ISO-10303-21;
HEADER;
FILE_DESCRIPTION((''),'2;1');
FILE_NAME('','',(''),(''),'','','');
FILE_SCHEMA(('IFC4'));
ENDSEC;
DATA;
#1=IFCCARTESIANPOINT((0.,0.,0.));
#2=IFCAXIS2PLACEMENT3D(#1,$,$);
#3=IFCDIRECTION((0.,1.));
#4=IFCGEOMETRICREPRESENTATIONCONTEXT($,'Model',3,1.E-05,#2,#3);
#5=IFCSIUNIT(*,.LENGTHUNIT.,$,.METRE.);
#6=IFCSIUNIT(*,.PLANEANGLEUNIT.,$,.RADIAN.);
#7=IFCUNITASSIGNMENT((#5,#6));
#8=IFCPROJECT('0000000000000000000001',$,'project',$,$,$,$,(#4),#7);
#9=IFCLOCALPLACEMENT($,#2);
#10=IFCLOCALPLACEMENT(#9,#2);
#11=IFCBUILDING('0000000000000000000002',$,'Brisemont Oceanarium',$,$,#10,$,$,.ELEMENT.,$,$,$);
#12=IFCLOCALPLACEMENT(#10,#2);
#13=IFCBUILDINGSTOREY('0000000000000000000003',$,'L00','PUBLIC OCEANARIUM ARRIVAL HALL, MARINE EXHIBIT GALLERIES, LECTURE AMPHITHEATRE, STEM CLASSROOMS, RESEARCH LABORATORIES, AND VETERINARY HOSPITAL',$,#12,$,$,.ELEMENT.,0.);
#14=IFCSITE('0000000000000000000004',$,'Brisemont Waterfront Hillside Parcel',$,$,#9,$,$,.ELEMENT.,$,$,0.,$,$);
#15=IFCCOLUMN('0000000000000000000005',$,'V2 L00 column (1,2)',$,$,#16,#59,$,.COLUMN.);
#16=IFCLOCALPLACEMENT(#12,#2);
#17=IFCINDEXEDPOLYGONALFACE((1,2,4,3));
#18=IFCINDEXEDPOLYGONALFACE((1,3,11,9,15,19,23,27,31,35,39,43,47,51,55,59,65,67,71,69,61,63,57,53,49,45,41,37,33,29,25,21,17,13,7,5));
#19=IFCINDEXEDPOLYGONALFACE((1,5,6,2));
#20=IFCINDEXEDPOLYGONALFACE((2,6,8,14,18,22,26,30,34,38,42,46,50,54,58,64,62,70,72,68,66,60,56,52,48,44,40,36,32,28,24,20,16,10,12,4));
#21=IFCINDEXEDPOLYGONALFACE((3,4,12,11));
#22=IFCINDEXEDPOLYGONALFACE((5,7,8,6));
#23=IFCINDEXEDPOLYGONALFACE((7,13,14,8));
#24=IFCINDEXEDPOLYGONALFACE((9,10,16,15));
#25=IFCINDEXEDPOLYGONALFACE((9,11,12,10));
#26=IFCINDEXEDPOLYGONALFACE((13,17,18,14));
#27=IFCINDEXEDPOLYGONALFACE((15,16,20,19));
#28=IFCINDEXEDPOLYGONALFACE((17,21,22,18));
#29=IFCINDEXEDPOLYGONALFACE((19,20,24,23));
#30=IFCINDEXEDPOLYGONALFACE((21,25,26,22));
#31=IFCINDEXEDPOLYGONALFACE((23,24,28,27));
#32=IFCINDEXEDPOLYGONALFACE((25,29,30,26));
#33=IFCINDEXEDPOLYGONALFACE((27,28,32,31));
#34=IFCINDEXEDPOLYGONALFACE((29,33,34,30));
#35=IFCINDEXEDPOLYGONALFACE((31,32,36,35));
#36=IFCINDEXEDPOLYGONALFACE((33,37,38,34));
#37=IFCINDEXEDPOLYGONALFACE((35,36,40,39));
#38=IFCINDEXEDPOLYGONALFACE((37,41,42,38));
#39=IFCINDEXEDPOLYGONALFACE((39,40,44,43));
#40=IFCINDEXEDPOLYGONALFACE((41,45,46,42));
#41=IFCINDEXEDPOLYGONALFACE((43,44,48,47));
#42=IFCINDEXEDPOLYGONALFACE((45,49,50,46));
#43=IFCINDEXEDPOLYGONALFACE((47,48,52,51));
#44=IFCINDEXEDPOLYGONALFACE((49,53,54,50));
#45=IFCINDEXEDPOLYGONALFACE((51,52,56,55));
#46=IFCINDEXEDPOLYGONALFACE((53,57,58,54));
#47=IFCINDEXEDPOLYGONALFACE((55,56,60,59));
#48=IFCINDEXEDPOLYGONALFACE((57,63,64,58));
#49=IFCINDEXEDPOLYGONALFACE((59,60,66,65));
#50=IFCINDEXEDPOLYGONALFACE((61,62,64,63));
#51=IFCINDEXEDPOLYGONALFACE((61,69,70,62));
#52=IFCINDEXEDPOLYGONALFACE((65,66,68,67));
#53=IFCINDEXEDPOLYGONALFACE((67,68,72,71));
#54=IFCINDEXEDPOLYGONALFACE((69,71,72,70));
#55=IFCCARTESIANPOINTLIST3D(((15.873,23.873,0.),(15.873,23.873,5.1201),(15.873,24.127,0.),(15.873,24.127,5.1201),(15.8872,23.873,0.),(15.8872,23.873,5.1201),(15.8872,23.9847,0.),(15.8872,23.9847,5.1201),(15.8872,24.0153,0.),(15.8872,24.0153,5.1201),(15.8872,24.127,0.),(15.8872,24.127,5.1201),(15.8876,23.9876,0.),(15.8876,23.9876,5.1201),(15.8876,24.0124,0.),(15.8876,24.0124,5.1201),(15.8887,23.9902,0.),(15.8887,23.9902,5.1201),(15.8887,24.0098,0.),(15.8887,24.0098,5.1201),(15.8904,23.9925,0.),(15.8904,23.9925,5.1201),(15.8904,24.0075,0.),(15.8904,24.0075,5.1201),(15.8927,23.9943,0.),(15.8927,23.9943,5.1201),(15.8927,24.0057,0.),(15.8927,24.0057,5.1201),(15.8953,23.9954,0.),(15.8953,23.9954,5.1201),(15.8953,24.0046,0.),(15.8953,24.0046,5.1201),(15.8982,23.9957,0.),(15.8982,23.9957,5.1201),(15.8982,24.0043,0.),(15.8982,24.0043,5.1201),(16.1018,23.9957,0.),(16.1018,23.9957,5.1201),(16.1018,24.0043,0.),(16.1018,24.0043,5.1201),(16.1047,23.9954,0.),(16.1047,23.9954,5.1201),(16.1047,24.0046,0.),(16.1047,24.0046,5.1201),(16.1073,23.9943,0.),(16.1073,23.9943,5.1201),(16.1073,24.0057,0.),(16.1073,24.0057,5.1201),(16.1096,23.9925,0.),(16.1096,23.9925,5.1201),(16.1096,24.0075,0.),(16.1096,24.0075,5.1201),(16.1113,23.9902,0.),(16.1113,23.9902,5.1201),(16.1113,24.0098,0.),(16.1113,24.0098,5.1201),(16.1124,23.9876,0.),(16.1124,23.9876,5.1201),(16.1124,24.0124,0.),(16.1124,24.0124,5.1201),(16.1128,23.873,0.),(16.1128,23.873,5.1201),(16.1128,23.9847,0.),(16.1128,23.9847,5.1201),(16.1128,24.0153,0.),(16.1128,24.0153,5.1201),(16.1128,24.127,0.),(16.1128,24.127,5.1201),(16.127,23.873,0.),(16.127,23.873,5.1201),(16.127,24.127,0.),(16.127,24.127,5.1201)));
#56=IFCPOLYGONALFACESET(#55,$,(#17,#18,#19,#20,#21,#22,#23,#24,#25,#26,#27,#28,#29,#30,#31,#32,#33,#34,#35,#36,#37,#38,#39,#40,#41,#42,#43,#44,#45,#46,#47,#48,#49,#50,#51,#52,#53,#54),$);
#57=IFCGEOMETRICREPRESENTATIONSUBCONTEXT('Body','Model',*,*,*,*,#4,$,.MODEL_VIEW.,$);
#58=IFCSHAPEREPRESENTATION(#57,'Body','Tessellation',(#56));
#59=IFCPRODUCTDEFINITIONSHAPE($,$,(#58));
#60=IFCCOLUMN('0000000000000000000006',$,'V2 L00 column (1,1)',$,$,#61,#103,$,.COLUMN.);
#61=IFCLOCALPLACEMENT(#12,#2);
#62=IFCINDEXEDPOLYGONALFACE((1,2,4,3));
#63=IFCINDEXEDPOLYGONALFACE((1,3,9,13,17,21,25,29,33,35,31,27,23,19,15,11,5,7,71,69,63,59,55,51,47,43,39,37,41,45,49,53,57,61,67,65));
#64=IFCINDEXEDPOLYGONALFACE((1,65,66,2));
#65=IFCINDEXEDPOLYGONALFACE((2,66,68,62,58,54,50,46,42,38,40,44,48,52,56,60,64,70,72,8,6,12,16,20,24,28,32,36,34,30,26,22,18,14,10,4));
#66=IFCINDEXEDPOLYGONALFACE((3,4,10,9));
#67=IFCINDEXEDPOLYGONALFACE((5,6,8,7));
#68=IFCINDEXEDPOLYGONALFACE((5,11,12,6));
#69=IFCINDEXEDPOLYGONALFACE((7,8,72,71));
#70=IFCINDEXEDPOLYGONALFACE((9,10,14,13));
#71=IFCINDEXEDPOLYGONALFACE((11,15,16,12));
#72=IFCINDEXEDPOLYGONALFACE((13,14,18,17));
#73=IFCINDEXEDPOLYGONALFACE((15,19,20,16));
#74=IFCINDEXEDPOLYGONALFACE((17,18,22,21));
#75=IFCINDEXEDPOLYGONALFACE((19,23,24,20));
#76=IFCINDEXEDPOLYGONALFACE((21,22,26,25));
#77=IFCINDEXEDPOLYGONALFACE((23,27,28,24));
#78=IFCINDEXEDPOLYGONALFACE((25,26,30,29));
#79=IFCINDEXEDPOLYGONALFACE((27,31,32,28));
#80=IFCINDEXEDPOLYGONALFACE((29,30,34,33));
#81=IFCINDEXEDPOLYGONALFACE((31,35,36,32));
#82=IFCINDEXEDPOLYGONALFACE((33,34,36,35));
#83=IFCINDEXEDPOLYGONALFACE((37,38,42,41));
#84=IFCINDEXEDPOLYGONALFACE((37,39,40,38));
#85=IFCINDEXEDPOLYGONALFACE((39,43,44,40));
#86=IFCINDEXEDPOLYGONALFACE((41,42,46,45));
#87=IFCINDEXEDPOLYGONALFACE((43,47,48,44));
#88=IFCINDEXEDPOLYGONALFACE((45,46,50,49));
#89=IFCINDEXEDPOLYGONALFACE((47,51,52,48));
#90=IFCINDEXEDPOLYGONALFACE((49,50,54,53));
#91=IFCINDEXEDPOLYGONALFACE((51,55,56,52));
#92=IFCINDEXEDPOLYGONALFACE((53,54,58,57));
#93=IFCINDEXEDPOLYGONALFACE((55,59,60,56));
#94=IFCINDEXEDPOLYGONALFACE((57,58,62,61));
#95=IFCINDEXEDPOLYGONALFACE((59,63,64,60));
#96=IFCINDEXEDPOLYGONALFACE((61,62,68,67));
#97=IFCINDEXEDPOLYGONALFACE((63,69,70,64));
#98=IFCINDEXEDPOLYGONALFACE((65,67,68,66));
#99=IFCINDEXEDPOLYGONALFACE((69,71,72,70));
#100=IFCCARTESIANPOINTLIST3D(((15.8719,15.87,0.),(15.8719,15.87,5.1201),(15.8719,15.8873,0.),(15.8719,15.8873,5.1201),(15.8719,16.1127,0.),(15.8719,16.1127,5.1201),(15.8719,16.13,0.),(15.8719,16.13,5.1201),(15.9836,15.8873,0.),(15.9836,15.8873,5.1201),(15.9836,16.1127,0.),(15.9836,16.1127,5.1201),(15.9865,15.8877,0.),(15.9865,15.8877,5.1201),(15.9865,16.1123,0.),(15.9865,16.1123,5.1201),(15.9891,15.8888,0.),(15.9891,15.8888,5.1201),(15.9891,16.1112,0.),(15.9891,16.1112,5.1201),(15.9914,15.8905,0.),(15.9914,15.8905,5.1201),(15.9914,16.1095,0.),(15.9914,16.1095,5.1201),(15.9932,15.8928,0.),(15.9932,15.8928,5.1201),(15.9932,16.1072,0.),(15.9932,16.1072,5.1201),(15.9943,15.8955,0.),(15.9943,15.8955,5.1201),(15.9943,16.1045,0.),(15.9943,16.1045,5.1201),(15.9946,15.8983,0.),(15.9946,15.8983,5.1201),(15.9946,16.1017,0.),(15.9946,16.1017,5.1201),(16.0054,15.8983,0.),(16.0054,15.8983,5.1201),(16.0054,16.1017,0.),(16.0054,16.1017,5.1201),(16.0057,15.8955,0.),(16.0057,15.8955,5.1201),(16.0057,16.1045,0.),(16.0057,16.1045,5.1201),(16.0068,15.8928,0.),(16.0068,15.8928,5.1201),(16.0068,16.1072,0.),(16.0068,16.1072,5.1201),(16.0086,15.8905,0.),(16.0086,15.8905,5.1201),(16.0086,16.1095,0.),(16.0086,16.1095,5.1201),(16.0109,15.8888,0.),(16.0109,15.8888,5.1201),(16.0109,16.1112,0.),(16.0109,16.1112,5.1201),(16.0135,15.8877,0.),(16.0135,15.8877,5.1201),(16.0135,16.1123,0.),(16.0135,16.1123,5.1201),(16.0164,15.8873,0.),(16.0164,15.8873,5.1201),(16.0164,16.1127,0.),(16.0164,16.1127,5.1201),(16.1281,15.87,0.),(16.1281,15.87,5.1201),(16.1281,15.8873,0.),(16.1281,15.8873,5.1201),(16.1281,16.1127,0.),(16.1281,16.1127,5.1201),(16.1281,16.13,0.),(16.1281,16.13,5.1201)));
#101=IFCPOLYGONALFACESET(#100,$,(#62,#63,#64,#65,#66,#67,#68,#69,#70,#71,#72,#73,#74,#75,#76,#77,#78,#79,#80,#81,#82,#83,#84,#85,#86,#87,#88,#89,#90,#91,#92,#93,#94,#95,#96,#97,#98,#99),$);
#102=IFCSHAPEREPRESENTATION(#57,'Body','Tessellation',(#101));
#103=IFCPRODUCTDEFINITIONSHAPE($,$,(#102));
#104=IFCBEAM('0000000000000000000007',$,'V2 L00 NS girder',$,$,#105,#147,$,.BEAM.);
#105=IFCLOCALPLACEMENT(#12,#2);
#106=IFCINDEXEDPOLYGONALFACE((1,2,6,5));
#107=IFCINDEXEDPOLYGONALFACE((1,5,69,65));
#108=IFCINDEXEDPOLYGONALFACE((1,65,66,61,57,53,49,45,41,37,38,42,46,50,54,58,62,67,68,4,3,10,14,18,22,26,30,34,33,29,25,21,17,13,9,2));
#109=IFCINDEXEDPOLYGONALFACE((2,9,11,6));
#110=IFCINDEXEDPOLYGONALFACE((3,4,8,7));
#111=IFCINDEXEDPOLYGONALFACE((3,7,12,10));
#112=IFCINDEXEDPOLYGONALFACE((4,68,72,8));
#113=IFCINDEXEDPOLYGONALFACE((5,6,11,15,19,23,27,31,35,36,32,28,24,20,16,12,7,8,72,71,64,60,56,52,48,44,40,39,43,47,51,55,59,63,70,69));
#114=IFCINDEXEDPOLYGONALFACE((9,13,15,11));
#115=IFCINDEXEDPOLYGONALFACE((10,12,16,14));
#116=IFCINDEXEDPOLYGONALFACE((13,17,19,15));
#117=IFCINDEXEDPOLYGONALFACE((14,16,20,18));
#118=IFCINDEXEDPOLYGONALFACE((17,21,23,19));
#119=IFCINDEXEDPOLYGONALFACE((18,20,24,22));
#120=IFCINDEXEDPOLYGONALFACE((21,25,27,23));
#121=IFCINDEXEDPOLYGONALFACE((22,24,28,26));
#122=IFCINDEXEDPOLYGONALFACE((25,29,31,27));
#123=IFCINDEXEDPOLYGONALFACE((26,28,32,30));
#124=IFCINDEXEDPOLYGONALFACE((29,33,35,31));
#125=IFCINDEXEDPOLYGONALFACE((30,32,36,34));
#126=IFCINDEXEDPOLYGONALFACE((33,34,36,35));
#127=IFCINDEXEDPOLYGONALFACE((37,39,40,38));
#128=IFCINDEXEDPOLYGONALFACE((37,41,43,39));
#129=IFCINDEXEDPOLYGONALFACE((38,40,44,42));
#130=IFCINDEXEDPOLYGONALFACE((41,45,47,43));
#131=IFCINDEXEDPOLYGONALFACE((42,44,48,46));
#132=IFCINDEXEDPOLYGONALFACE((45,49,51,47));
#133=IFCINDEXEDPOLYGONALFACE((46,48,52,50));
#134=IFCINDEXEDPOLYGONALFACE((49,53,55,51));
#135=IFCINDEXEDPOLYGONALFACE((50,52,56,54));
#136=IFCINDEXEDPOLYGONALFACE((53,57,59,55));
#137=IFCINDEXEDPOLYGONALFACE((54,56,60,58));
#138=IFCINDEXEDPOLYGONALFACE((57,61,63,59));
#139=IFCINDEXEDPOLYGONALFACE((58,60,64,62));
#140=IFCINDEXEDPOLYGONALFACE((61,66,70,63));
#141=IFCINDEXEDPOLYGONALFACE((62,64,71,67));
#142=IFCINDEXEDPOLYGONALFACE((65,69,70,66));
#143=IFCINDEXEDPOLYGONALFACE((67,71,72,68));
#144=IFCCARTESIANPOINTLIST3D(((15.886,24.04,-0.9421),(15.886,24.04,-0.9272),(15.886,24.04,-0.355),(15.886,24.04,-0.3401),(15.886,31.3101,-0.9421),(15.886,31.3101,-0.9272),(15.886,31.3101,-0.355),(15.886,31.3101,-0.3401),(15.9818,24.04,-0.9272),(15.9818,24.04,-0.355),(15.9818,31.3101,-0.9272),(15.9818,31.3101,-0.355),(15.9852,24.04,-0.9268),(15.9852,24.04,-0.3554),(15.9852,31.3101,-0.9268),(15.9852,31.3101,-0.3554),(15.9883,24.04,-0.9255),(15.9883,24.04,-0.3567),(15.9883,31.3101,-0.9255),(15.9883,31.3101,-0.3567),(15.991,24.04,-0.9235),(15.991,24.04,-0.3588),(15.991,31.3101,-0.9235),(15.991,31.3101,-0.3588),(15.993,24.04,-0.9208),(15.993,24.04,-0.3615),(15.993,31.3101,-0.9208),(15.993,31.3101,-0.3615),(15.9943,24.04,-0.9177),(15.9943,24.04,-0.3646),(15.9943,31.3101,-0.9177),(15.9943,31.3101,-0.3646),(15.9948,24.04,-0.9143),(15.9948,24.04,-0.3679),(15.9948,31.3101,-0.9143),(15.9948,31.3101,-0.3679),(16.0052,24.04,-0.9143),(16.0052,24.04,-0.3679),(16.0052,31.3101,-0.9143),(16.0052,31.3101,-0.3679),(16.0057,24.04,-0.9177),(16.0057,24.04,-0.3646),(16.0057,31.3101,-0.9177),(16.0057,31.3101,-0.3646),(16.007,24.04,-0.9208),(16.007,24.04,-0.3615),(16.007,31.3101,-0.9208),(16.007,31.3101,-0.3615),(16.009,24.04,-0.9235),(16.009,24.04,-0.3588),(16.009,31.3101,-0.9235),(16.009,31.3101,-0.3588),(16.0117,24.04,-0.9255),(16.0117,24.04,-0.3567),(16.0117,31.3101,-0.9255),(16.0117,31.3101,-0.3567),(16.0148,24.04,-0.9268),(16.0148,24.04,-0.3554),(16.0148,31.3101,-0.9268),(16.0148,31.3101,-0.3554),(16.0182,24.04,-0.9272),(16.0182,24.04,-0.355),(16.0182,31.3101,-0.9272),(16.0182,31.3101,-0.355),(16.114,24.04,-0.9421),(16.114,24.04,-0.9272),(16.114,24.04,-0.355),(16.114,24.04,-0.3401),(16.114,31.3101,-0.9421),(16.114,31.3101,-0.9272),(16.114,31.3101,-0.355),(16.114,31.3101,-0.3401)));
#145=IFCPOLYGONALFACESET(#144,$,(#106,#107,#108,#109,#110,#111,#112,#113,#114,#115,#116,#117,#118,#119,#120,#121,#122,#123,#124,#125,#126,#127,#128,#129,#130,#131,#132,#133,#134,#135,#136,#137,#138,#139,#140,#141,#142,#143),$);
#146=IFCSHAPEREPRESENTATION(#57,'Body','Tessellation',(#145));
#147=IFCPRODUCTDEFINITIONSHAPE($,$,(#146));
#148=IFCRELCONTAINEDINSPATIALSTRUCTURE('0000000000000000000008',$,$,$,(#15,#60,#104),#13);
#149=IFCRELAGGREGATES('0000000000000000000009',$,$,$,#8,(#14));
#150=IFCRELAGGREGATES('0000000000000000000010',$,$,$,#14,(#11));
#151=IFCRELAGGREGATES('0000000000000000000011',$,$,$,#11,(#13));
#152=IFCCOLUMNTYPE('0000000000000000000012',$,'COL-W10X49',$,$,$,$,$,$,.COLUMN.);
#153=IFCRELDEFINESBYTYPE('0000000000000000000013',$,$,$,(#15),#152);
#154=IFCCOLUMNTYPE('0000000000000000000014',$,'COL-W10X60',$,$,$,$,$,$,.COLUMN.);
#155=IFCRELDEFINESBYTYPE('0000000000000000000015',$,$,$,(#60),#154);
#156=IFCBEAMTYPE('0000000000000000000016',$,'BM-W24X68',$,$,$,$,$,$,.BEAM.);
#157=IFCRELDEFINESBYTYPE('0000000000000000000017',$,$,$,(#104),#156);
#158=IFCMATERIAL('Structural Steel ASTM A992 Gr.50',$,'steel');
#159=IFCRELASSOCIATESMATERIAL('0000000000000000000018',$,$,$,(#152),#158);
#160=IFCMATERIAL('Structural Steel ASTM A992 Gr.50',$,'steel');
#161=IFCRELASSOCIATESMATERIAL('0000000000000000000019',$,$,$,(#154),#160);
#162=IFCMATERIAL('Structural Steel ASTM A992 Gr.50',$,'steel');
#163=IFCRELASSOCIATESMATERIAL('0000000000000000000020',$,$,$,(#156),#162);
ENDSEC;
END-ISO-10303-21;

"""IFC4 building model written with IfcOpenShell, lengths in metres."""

from ifc_helpers import new_model, si_unit, direction, frame, origin, origin_2d, place, context, subcontext, project, spatial, i_section, extrude, material, material_profile, profile_set, type_object, element, save


model = new_model("IFC4")

# Units and contexts
model_context = context("Model", 3, precision=1e-05, world=origin(), true_north=direction((0.0, 1.0)))
body_context = subcontext(model_context, "Body", "Model", "MODEL_VIEW")
ifc_project = project(units=[si_unit("LENGTHUNIT", "METRE"), si_unit("PLANEANGLEUNIT", "RADIAN")], contexts=[model_context])

# Site, building, storey
site_placement = place(None, origin())
site = spatial("IfcSite", under=ifc_project, at=site_placement, Name="Brisemont Waterfront Hillside Parcel", CompositionType="ELEMENT", RefElevation=0.0)
building_placement = place(site_placement, origin())
building = spatial("IfcBuilding", under=site, at=building_placement, Name="Brisemont Oceanarium", CompositionType="ELEMENT")
storey_placement = place(building_placement, origin())
storey = spatial("IfcBuildingStorey", under=building, at=storey_placement, Name="L00", Description="PUBLIC OCEANARIUM ARRIVAL HALL, MARINE EXHIBIT GALLERIES, LECTURE AMPHITHEATRE, STEM CLASSROOMS, RESEARCH LABORATORIES, AND VETERINARY HOSPITAL", CompositionType="ELEMENT", Elevation=0.0)

# Columns
ifc_material_1 = material(Name="Structural Steel ASTM A992 Gr.50", Category="steel")
ifc_material_profile_1 = material_profile(ifc_material_1, i_section(OverallWidth=0.2539, OverallDepth=0.2539, WebThickness=0.0085, FlangeThickness=0.0142, FilletRadius=0.011, at=origin_2d()), Name="W10X49")
ifc_profile_set_1 = profile_set([ifc_material_profile_1], Name="Structural Steel ASTM A992 Gr.50")
column_type_1 = type_object("IfcColumnType", Name="COL-W10X49", PredefinedType="COLUMN", material=ifc_profile_set_1)
column_1_placement = place(storey_placement, frame((16.0, 24.0, 0.0), z_axis=(0.0, 0.0, 1.0), x_axis=(0.0, 1.0, 0.0)))
element("IfcColumn", 1, at=column_1_placement, inside=storey, type_object=column_type_1, Name="V2 L00 column (1,2)", PredefinedType="COLUMN", context=body_context, shape_type="SweptSolid", body=[
    extrude(i_section(OverallWidth=0.2539, OverallDepth=0.2539, WebThickness=0.0085, FlangeThickness=0.0142, FilletRadius=0.011, at=origin_2d()), origin(), (0.0, 0.0, 1.0), 5.1201),
])
ifc_material_2 = material(Name="Structural Steel ASTM A992 Gr.50", Category="steel")
ifc_material_profile_2 = material_profile(ifc_material_2, i_section(OverallWidth=0.2561, OverallDepth=0.26, WebThickness=0.0107, FlangeThickness=0.0173, FilletRadius=0.011, at=origin_2d()), Name="W10X60")
ifc_profile_set_2 = profile_set([ifc_material_profile_2], Name="Structural Steel ASTM A992 Gr.50")
column_type_2 = type_object("IfcColumnType", Name="COL-W10X60", PredefinedType="COLUMN", material=ifc_profile_set_2)
column_2_placement = place(storey_placement, frame((16.0, 16.0, 0.0), z_axis=(0.0, 0.0, 1.0), x_axis=(1.0, 0.0, 0.0)))
element("IfcColumn", 2, at=column_2_placement, inside=storey, type_object=column_type_2, Name="V2 L00 column (1,1)", PredefinedType="COLUMN", context=body_context, shape_type="SweptSolid", body=[
    extrude(i_section(OverallWidth=0.2561, OverallDepth=0.26, WebThickness=0.0107, FlangeThickness=0.0173, FilletRadius=0.011, at=origin_2d()), origin(), (0.0, 0.0, 1.0), 5.1201),
])

# Beam
ifc_material_3 = material(Name="Structural Steel ASTM A992 Gr.50", Category="steel")
ifc_material_profile_3 = material_profile(ifc_material_3, i_section(OverallWidth=0.228, OverallDepth=0.6021, WebThickness=0.0105, FlangeThickness=0.0149, FilletRadius=0.0129, at=origin_2d()), Name="W24X68")
ifc_profile_set_3 = profile_set([ifc_material_profile_3], Name="Structural Steel ASTM A992 Gr.50")
beam_type_1 = type_object("IfcBeamType", Name="BM-W24X68", PredefinedType="BEAM", material=ifc_profile_set_3)
beam_1_placement = place(storey_placement, frame((16.0, 24.04, -0.6411), z_axis=(0.0, 1.0, 0.0), x_axis=(-1.0, 0.0, 0.0)))
element("IfcBeam", 3, at=beam_1_placement, inside=storey, type_object=beam_type_1, Name="V2 L00 NS girder", PredefinedType="BEAM", context=body_context, shape_type="SweptSolid", body=[
    extrude(i_section(OverallWidth=0.228, OverallDepth=0.6021, WebThickness=0.0105, FlangeThickness=0.0149, FilletRadius=0.0129, at=origin_2d()), origin(), (0.0, 0.0, 1.0), 7.27),
])

save(model, "model.ifc")
